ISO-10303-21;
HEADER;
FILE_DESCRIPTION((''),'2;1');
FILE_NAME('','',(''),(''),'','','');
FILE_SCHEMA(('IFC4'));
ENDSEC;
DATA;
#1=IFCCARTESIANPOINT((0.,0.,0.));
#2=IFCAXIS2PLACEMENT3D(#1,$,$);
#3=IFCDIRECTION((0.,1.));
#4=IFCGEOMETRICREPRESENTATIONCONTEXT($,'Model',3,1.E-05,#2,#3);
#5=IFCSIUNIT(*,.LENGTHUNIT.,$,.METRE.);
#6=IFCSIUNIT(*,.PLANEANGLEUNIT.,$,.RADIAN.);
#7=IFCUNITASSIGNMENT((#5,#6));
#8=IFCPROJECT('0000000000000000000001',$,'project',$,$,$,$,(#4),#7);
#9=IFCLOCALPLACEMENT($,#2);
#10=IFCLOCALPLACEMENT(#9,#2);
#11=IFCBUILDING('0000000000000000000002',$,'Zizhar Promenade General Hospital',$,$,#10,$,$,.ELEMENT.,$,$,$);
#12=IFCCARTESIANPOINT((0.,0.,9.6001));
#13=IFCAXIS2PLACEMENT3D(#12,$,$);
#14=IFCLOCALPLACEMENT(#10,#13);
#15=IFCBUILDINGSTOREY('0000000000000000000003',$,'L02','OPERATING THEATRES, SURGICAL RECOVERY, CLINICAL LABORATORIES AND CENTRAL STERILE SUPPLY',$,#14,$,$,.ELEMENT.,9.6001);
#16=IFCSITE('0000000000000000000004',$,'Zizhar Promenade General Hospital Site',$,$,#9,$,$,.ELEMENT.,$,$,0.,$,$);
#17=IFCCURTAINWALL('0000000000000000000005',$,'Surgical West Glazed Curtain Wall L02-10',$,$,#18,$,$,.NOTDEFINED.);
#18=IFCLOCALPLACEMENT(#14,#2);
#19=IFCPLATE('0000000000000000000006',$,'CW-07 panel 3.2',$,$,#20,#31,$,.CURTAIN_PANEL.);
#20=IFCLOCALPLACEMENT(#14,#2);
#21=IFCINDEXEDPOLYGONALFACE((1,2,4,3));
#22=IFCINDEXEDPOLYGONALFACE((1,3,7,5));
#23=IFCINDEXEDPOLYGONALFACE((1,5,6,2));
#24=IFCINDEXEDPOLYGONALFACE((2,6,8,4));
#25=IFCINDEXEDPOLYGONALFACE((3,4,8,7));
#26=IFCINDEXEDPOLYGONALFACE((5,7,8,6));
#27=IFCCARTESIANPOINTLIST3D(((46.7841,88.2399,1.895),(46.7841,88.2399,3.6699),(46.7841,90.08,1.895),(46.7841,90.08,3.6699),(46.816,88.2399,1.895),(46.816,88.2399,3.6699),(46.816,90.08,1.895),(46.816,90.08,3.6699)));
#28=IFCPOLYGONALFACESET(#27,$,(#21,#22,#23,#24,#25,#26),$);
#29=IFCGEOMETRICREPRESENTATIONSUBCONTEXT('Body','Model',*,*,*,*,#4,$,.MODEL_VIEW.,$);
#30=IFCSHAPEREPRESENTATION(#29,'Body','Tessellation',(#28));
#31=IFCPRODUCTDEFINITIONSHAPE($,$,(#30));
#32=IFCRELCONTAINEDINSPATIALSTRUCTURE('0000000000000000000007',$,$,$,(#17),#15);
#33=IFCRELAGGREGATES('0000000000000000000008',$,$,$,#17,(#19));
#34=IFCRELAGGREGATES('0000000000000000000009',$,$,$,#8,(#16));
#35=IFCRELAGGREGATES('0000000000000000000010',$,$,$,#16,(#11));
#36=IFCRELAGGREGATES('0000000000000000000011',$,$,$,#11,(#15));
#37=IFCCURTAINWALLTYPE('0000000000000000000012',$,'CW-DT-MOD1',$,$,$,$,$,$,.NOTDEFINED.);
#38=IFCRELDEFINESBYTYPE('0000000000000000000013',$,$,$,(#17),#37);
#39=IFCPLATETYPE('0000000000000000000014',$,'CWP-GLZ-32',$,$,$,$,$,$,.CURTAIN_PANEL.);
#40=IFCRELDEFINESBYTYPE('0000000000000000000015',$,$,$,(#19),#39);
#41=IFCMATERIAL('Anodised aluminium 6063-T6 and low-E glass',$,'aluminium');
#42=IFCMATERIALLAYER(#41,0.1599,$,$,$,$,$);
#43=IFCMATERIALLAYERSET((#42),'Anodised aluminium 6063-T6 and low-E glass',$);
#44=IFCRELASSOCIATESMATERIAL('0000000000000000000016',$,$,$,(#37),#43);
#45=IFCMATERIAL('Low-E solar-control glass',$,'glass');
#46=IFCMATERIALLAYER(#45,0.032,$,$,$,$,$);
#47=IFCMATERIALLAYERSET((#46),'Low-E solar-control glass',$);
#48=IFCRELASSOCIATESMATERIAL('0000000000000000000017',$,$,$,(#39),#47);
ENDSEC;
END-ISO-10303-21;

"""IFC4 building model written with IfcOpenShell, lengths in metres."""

from ifc_helpers import new_model, si_unit, direction, frame, origin, origin_2d, place, context, subcontext, project, spatial, rectangle, extrude, material, layer, layer_set, type_object, element, aggregate, save


model = new_model("IFC4")

# Units and contexts
model_context = context("Model", 3, precision=1e-05, world=origin(), true_north=direction((0.0, 1.0)))
body_context = subcontext(model_context, "Body", "Model", "MODEL_VIEW")
ifc_project = project(units=[si_unit("LENGTHUNIT", "METRE"), si_unit("PLANEANGLEUNIT", "RADIAN")], contexts=[model_context])

# Site, building, storey
site_placement = place(None, origin())
site = spatial("IfcSite", under=ifc_project, at=site_placement, Name="Zizhar Promenade General Hospital Site", CompositionType="ELEMENT", RefElevation=0.0)
building_placement = place(site_placement, origin())
building = spatial("IfcBuilding", under=site, at=building_placement, Name="Zizhar Promenade General Hospital", CompositionType="ELEMENT")
storey_placement = place(building_placement, frame((0.0, 0.0, 9.6001)))
storey = spatial("IfcBuildingStorey", under=building, at=storey_placement, Name="L02", Description="OPERATING THEATRES, SURGICAL RECOVERY, CLINICAL LABORATORIES AND CENTRAL STERILE SUPPLY", CompositionType="ELEMENT", Elevation=9.6001)

# Curtain wall, plate
ifc_material_1 = material(Name="Anodised aluminium 6063-T6 and low-E glass", Category="aluminium")
ifc_layer_1 = layer(ifc_material_1, 0.1599)
ifc_layer_set_1 = layer_set([ifc_layer_1], Name="Anodised aluminium 6063-T6 and low-E glass")
curtain_wall_type_1 = type_object("IfcCurtainWallType", Name="CW-DT-MOD1", PredefinedType="NOTDEFINED", material=ifc_layer_set_1)
curtain_wall_1_placement = place(storey_placement, origin())
curtain_wall_1 = element("IfcCurtainWall", 1, at=curtain_wall_1_placement, inside=storey, type_object=curtain_wall_type_1, Name="Surgical West Glazed Curtain Wall L02-10", PredefinedType="NOTDEFINED")
ifc_material_2 = material(Name="Low-E solar-control glass", Category="glass")
ifc_layer_2 = layer(ifc_material_2, 0.032)
ifc_layer_set_2 = layer_set([ifc_layer_2], Name="Low-E solar-control glass")
plate_type = type_object("IfcPlateType", Name="CWP-GLZ-32", PredefinedType="CURTAIN_PANEL", material=ifc_layer_set_2)
plate_1_placement = place(storey_placement, frame((46.8, 89.1599, 1.895), z_axis=(0.0, 0.0, 1.0), x_axis=(0.0, 1.0, 0.0)))
plate_1 = element("IfcPlate", 2, at=plate_1_placement, type_object=plate_type, Name="CW-07 panel 3.2", PredefinedType="CURTAIN_PANEL", context=body_context, shape_type="SweptSolid", body=[
    extrude(rectangle(XDim=1.8401, YDim=0.032, at=origin_2d()), origin(), (0.0, 0.0, 1.0), 1.7749),
])
aggregate(curtain_wall_1, [plate_1])

save(model, "model.ifc")
